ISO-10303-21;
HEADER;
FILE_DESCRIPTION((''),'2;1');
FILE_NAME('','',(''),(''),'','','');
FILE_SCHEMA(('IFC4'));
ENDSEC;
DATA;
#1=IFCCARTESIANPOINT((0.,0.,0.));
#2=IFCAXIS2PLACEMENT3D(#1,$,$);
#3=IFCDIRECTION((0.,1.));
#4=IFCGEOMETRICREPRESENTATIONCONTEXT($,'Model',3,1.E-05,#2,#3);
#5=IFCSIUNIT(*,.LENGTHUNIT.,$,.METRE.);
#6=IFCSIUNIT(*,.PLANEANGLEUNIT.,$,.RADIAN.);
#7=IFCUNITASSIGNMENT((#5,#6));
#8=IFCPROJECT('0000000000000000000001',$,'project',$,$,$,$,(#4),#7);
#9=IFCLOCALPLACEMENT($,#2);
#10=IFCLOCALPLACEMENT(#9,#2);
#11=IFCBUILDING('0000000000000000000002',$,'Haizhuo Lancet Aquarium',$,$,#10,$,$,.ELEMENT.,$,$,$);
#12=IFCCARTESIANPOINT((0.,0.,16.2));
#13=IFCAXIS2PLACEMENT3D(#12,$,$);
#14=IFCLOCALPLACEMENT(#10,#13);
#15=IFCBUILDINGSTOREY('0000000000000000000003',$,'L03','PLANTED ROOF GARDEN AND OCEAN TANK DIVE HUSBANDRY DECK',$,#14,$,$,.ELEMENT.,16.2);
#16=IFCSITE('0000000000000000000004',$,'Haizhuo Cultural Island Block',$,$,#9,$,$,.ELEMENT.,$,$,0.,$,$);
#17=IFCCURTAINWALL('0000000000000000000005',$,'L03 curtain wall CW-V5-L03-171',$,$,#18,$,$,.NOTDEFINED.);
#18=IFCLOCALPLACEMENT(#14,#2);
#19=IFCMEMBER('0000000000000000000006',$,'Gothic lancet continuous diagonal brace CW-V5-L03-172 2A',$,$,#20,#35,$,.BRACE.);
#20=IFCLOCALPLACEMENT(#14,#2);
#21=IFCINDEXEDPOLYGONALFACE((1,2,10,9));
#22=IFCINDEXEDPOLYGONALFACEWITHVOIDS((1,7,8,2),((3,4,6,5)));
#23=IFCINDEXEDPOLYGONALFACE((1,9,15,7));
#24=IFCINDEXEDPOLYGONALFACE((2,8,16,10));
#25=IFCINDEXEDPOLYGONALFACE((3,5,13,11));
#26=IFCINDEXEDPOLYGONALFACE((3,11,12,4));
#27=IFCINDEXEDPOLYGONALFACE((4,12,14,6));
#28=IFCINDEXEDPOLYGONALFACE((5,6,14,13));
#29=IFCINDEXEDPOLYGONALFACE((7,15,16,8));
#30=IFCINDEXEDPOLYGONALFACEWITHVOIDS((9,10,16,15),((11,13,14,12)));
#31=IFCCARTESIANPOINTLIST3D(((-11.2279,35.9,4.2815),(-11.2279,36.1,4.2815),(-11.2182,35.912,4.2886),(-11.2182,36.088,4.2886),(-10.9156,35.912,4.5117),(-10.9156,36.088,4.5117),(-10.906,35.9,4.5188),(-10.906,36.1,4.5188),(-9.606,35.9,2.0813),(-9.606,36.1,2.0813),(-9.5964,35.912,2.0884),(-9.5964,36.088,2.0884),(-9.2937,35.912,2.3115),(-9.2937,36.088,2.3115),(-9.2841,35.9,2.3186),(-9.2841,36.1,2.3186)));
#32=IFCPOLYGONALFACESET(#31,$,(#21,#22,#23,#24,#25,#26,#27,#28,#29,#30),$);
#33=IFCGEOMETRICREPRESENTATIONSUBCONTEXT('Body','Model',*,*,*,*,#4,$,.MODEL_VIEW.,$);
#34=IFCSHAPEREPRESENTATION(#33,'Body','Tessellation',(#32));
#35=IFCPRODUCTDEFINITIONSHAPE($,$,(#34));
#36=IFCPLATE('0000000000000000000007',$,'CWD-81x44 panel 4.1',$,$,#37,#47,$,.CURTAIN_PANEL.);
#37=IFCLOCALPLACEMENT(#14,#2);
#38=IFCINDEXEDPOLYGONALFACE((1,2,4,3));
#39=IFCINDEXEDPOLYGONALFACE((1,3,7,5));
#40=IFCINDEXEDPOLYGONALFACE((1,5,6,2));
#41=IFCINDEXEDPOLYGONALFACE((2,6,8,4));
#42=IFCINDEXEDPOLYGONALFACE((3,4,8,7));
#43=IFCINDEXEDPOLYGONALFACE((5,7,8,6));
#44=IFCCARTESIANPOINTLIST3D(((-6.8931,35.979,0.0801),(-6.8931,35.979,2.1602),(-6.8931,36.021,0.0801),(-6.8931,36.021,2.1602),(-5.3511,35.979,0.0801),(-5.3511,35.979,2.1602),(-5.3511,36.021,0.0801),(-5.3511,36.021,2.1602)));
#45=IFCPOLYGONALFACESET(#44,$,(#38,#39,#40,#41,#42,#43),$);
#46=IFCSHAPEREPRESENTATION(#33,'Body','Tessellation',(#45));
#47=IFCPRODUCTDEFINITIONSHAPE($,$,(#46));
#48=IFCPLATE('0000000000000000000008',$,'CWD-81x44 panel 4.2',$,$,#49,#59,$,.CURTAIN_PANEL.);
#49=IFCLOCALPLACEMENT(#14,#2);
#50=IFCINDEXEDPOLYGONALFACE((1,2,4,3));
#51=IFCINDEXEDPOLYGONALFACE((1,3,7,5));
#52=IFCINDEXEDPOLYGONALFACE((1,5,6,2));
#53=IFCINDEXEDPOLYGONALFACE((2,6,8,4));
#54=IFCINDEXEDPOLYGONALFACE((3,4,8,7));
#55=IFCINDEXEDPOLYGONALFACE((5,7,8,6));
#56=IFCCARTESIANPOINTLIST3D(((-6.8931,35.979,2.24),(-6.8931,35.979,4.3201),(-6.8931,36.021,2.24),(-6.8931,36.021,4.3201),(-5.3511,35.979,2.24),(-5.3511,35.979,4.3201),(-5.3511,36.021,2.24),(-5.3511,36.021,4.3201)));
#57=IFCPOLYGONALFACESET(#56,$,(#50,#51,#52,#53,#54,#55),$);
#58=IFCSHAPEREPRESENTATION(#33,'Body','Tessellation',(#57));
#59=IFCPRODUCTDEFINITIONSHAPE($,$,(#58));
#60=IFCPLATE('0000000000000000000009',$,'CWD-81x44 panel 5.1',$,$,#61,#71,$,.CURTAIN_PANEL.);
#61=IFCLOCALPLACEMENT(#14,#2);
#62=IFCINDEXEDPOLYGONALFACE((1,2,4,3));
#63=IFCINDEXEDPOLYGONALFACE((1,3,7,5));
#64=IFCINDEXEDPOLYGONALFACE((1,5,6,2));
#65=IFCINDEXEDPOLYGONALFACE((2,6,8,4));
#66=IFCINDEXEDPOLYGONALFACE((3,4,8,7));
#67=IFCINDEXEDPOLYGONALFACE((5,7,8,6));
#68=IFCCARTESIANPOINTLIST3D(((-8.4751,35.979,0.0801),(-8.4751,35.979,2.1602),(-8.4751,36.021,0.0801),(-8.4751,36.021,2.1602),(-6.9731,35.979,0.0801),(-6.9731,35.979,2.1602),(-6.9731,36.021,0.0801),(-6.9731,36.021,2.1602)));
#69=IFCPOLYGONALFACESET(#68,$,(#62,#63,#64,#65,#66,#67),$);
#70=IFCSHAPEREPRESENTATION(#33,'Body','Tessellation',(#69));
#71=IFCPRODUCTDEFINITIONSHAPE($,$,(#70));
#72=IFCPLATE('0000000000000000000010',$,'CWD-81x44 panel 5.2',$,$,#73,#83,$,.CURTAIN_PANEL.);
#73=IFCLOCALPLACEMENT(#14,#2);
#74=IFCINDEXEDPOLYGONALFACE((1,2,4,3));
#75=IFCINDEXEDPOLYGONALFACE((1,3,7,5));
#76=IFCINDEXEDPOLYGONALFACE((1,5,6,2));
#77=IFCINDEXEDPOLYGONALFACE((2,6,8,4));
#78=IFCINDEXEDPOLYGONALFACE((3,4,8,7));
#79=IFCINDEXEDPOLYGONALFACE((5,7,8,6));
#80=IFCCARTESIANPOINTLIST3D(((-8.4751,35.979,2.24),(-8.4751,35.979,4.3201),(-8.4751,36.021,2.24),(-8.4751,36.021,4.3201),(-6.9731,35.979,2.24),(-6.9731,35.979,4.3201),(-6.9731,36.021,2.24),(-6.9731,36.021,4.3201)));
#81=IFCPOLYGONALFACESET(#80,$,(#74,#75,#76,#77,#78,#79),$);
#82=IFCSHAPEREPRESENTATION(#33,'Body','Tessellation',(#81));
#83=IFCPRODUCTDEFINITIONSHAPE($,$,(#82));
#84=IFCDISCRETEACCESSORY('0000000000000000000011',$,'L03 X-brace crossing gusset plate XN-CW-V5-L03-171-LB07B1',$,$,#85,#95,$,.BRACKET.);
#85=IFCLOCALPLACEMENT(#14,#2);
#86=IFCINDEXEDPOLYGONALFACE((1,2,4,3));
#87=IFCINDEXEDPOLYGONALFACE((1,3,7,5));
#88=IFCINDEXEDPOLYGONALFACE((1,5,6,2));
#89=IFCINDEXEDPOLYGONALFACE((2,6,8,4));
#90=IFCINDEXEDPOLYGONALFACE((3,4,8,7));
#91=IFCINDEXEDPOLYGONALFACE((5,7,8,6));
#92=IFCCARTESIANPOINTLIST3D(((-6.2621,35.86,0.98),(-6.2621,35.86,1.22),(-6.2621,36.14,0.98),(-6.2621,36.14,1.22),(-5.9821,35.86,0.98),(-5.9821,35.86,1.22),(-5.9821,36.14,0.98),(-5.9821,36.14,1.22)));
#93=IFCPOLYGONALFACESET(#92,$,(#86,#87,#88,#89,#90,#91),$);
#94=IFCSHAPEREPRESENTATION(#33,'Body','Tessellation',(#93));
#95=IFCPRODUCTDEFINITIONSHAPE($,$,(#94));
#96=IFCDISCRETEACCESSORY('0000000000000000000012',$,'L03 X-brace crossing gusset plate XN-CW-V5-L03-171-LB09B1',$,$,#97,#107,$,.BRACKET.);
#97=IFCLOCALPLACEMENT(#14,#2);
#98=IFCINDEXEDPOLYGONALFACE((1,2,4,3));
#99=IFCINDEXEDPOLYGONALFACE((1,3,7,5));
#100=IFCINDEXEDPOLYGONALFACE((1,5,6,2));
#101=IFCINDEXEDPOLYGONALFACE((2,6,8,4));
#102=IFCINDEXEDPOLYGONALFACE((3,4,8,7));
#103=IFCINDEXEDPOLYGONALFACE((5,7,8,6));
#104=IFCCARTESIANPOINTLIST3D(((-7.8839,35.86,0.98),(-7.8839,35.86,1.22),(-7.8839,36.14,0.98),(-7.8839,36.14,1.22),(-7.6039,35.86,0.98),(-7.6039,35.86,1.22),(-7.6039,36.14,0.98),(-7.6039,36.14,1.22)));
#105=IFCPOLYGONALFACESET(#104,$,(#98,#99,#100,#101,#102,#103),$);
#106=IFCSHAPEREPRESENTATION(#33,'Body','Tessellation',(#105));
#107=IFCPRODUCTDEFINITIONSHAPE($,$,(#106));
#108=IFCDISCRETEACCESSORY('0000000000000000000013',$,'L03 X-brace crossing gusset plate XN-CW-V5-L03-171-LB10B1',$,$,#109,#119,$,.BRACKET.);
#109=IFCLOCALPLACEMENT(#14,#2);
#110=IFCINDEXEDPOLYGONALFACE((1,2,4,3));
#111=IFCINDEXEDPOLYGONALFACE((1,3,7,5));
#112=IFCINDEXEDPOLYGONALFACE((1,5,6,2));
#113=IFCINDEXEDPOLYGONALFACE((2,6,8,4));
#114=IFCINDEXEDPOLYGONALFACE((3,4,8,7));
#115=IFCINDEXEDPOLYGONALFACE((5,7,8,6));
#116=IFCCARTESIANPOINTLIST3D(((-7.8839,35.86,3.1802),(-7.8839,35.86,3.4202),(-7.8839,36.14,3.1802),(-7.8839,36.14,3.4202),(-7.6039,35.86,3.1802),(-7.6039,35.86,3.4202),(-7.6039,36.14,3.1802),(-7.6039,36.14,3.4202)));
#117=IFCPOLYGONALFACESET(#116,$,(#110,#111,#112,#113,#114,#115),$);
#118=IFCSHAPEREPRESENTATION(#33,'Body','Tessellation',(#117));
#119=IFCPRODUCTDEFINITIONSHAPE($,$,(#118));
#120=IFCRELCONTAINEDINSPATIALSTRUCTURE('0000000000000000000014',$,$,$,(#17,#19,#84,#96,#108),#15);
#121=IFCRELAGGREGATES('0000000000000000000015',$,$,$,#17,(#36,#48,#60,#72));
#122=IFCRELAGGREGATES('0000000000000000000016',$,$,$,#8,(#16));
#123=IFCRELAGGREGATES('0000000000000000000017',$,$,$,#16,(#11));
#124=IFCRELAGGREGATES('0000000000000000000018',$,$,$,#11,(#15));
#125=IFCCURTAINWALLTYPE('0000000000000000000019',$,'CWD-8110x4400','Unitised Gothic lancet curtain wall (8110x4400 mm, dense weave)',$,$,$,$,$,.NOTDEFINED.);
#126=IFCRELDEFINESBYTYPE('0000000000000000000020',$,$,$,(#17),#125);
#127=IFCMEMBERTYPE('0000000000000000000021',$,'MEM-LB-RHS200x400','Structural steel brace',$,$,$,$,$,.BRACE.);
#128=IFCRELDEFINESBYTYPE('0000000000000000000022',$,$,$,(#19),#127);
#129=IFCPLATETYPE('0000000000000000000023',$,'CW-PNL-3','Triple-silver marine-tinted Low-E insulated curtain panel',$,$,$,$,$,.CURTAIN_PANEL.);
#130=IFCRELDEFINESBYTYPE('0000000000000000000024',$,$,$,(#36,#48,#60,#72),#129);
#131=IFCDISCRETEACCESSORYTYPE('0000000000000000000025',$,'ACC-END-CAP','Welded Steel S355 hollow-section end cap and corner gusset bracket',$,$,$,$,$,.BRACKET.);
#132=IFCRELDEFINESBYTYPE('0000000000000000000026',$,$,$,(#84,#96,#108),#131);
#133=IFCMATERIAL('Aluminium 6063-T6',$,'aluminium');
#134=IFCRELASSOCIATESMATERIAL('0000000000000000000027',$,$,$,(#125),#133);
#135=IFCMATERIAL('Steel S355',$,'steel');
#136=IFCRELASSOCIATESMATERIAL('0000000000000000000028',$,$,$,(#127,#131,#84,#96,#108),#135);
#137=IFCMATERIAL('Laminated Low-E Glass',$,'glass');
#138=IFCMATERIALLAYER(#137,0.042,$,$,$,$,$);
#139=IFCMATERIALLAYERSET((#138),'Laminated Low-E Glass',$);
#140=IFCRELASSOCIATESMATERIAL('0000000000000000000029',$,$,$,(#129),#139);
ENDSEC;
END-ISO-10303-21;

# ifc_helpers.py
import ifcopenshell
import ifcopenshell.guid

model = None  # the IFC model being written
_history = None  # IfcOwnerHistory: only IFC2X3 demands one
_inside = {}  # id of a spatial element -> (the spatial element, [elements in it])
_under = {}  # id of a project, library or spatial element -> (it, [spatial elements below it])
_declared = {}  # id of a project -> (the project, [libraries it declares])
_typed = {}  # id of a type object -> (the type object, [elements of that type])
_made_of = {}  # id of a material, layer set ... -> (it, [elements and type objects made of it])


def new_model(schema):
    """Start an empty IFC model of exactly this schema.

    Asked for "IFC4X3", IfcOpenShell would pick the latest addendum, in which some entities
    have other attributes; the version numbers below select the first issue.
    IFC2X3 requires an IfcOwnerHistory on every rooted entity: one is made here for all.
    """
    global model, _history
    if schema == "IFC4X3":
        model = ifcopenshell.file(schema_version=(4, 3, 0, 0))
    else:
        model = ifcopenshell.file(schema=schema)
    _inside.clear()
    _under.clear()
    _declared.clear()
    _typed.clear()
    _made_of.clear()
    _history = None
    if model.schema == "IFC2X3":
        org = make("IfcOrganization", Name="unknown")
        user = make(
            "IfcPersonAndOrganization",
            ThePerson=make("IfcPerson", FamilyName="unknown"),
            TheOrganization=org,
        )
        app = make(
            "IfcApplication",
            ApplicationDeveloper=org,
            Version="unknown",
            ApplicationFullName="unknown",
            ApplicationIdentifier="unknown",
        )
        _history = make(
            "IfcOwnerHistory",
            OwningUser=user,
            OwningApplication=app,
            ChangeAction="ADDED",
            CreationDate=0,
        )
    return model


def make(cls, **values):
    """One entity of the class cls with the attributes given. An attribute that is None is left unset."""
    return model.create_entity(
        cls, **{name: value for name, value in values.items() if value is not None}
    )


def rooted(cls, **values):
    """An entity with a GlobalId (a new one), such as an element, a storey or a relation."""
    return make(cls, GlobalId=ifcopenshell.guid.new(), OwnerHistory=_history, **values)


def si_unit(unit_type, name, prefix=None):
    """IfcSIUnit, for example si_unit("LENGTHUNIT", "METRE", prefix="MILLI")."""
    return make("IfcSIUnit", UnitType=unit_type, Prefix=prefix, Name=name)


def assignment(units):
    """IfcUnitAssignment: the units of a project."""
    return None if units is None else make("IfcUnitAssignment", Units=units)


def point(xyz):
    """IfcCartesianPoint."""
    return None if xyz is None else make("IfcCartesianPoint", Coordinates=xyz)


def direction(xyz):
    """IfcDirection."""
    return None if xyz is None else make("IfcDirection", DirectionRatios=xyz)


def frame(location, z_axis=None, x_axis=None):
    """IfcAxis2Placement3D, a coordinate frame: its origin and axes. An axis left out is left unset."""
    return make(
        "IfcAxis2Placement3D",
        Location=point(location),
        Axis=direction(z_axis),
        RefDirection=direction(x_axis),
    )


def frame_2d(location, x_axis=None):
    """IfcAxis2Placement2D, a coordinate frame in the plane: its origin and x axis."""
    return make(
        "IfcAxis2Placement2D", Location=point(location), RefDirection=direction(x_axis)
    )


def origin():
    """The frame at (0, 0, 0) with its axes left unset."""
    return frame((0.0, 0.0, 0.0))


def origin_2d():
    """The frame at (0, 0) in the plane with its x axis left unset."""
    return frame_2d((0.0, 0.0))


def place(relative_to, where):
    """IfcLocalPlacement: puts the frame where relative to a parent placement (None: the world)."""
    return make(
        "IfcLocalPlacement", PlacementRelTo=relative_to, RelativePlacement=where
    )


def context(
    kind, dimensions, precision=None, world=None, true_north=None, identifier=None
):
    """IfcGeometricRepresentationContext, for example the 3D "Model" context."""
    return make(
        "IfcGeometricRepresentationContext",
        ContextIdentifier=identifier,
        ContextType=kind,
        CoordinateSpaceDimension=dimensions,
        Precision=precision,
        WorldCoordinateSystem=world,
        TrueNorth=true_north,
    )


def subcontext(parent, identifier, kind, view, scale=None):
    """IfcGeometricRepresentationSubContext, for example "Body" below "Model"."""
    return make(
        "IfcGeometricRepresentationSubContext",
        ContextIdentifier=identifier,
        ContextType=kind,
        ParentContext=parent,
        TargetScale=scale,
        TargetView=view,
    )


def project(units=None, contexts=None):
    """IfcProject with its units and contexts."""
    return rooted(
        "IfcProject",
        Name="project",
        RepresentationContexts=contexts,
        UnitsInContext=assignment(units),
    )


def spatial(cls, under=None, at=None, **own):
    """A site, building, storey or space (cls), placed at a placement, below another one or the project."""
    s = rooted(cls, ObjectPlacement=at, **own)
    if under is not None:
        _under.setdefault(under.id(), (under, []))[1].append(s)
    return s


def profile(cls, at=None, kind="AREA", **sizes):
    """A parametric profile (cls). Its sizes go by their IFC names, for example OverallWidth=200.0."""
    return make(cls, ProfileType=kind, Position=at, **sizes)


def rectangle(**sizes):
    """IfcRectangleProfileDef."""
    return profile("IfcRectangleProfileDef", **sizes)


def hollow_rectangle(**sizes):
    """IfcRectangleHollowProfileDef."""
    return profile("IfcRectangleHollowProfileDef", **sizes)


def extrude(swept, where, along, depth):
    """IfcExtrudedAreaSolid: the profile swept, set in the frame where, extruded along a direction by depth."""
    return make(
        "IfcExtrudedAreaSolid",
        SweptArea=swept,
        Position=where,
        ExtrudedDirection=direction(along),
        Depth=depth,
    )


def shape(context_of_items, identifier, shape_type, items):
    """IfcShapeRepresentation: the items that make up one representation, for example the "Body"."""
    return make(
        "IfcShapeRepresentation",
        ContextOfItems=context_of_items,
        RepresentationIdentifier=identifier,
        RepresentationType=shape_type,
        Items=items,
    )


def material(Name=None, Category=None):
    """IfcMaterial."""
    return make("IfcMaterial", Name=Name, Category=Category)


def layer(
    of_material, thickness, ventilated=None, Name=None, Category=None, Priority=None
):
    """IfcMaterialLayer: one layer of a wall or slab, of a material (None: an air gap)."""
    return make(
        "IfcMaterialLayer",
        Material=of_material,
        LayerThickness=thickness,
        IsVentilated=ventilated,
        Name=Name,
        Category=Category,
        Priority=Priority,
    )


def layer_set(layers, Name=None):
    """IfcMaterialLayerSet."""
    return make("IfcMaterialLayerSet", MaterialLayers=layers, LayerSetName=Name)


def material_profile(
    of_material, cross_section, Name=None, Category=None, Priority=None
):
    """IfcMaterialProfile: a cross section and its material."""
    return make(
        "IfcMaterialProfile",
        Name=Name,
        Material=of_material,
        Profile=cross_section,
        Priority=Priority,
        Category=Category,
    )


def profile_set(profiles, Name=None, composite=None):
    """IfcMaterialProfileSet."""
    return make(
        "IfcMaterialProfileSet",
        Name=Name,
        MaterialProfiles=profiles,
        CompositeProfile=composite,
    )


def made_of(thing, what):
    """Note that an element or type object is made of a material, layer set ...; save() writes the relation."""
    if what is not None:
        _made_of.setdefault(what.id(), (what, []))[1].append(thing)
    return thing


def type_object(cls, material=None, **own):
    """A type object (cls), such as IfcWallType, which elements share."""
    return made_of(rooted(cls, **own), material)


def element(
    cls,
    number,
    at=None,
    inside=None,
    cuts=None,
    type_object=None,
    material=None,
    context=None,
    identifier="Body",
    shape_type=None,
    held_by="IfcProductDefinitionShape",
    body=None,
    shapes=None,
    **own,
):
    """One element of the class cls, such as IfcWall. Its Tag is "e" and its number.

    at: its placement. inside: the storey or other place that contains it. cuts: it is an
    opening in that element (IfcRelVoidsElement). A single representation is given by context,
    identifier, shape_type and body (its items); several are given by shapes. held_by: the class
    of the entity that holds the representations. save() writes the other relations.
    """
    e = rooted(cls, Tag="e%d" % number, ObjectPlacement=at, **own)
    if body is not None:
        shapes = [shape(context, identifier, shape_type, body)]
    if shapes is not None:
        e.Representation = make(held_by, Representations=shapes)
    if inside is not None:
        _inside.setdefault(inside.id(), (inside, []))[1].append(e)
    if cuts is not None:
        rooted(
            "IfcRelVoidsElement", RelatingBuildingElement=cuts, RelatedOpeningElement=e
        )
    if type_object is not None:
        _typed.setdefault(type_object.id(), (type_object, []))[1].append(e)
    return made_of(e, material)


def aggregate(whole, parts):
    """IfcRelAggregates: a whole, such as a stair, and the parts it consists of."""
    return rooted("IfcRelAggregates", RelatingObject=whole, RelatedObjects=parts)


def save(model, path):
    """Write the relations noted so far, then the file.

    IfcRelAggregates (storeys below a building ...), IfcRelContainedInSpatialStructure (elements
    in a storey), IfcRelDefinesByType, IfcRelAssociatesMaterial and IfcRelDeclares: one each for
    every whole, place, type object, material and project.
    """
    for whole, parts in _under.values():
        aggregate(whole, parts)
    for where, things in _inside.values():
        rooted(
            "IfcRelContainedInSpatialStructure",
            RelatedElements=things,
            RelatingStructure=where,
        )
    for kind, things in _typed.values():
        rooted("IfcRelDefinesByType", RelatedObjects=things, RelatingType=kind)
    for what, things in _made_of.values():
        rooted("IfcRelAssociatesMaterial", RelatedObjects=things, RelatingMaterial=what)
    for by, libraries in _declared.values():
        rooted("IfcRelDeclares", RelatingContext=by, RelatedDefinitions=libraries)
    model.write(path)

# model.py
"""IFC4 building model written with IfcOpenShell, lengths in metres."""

from ifc_helpers import new_model, si_unit, direction, frame, origin, origin_2d, place, context, subcontext, project, spatial, rectangle, hollow_rectangle, extrude, material, layer, layer_set, material_profile, profile_set, type_object, element, aggregate, save


model = new_model("IFC4")

# Units and contexts
model_context = context("Model", 3, precision=1e-05, world=origin(), true_north=direction((0.0, 1.0)))
body_context = subcontext(model_context, "Body", "Model", "MODEL_VIEW")
ifc_project = project(units=[si_unit("LENGTHUNIT", "METRE"), si_unit("PLANEANGLEUNIT", "RADIAN")], contexts=[model_context])

# Site, building, storey
site_placement = place(None, origin())
site = spatial("IfcSite", under=ifc_project, at=site_placement, Name="Haizhuo Cultural Island Block", CompositionType="ELEMENT", RefElevation=0.0)
building_placement = place(site_placement, origin())
building = spatial("IfcBuilding", under=site, at=building_placement, Name="Haizhuo Lancet Aquarium", CompositionType="ELEMENT")
storey_placement = place(building_placement, frame((0.0, 0.0, 16.2)))
storey = spatial("IfcBuildingStorey", under=building, at=storey_placement, Name="L03", Description="PLANTED ROOF GARDEN AND OCEAN TANK DIVE HUSBANDRY DECK", CompositionType="ELEMENT", Elevation=16.2)

# Shared definitions
ifc_material_1 = material(Name="Aluminium 6063-T6", Category="aluminium")
curtain_wall_type = type_object("IfcCurtainWallType", Name="CWD-8110x4400", Description="Unitised Gothic lancet curtain wall (8110x4400 mm, dense weave)", PredefinedType="NOTDEFINED", material=ifc_material_1)

# Curtain wall
curtain_wall_1_placement = place(storey_placement, origin())
curtain_wall_1 = element("IfcCurtainWall", 1, at=curtain_wall_1_placement, inside=storey, type_object=curtain_wall_type, Name="L03 curtain wall CW-V5-L03-171", PredefinedType="NOTDEFINED")

# Member
ifc_material_2 = material(Name="Steel S355", Category="steel")
ifc_material_profile_1 = material_profile(ifc_material_2, hollow_rectangle(XDim=0.2, YDim=0.3999, WallThickness=0.012, at=origin_2d()), Name="RHS 200x400x12")
ifc_profile_set_1 = profile_set([ifc_material_profile_1], Name="Steel S355")
member_type_1 = type_object("IfcMemberType", Name="MEM-LB-RHS200x400", Description="Structural steel brace", PredefinedType="BRACE", material=ifc_profile_set_1)
member_1_placement = place(storey_placement, frame((-9.4451, 36.0, 2.2), z_axis=(-0.593348, 0.0, 0.804946), x_axis=(0.0, -1.0, 0.0)))
element("IfcMember", 2, at=member_1_placement, inside=storey, type_object=member_type_1, Name="Gothic lancet continuous diagonal brace CW-V5-L03-172 2A", PredefinedType="BRACE", context=body_context, shape_type="SweptSolid", body=[
    extrude(hollow_rectangle(XDim=0.2, YDim=0.3999, WallThickness=0.012, at=origin_2d()), origin(), (0.0, 0.0, 1.0), 2.7334),
])

# Plates
ifc_material_3 = material(Name="Laminated Low-E Glass", Category="glass")
ifc_layer = layer(ifc_material_3, 0.042)
ifc_layer_set = layer_set([ifc_layer], Name="Laminated Low-E Glass")
plate_type = type_object("IfcPlateType", Name="CW-PNL-3", Description="Triple-silver marine-tinted Low-E insulated curtain panel", PredefinedType="CURTAIN_PANEL", material=ifc_layer_set)
plate_1_placement = place(storey_placement, frame((-6.1221, 36.0, 0.0801), z_axis=(0.0, 0.0, 1.0), x_axis=(-1.0, 0.0, 0.0)))
plate_1 = element("IfcPlate", 3, at=plate_1_placement, type_object=plate_type, Name="CWD-81x44 panel 4.1", PredefinedType="CURTAIN_PANEL", context=body_context, shape_type="SweptSolid", body=[
    extrude(rectangle(XDim=1.542, YDim=0.042, at=origin_2d()), origin(), (0.0, 0.0, 1.0), 2.0801),
])
plate_2_placement = place(storey_placement, frame((-6.1221, 36.0, 2.24), z_axis=(0.0, 0.0, 1.0), x_axis=(-1.0, 0.0, 0.0)))
plate_2 = element("IfcPlate", 4, at=plate_2_placement, type_object=plate_type, Name="CWD-81x44 panel 4.2", PredefinedType="CURTAIN_PANEL", context=body_context, shape_type="SweptSolid", body=[
    extrude(rectangle(XDim=1.542, YDim=0.042, at=origin_2d()), origin(), (0.0, 0.0, 1.0), 2.0801),
])
plate_3_placement = place(storey_placement, frame((-7.7241, 36.0, 0.0801), z_axis=(0.0, 0.0, 1.0), x_axis=(-1.0, 0.0, 0.0)))
plate_3 = element("IfcPlate", 5, at=plate_3_placement, type_object=plate_type, Name="CWD-81x44 panel 5.1", PredefinedType="CURTAIN_PANEL", context=body_context, shape_type="SweptSolid", body=[
    extrude(rectangle(XDim=1.502, YDim=0.042, at=origin_2d()), origin(), (0.0, 0.0, 1.0), 2.0801),
])
plate_4_placement = place(storey_placement, frame((-7.7241, 36.0, 2.24), z_axis=(0.0, 0.0, 1.0), x_axis=(-1.0, 0.0, 0.0)))
plate_4 = element("IfcPlate", 6, at=plate_4_placement, type_object=plate_type, Name="CWD-81x44 panel 5.2", PredefinedType="CURTAIN_PANEL", context=body_context, shape_type="SweptSolid", body=[
    extrude(rectangle(XDim=1.502, YDim=0.042, at=origin_2d()), origin(), (0.0, 0.0, 1.0), 2.0801),
])
aggregate(curtain_wall_1, [plate_1, plate_2, plate_3, plate_4])

# Discrete accessories
discrete_accessory_type = type_object("IfcDiscreteAccessoryType", Name="ACC-END-CAP", Description="Welded Steel S355 hollow-section end cap and corner gusset bracket", PredefinedType="BRACKET", material=ifc_material_2)
for number, where, z_axis, x_axis, name in (
    (7, (-6.1221, 36.0, 0.98), (0.0, 0.0, 1.0), (1.0, 0.0, 0.0), "L03 X-brace crossing gusset plate XN-CW-V5-L03-171-LB07B1"),
    (8, (-7.7439, 36.0, 0.98), (0.0, 0.0, 1.0), (1.0, 0.0, 0.0), "L03 X-brace crossing gusset plate XN-CW-V5-L03-171-LB09B1"),
    (9, (-7.7439, 36.0, 3.1802), (0.0, 0.0, 1.0), (1.0, 0.0, 0.0), "L03 X-brace crossing gusset plate XN-CW-V5-L03-171-LB10B1"),
):
    element("IfcDiscreteAccessory", number, at=place(storey_placement, frame(where, z_axis=z_axis, x_axis=x_axis)), inside=storey, type_object=discrete_accessory_type, material=ifc_material_2, Name=name, PredefinedType="BRACKET", context=body_context, shape_type="SweptSolid", body=[
        extrude(rectangle(XDim=0.28, YDim=0.28, at=origin_2d()), origin(), (0.0, 0.0, 1.0), 0.24),
    ])

save(model, "model.ifc")
